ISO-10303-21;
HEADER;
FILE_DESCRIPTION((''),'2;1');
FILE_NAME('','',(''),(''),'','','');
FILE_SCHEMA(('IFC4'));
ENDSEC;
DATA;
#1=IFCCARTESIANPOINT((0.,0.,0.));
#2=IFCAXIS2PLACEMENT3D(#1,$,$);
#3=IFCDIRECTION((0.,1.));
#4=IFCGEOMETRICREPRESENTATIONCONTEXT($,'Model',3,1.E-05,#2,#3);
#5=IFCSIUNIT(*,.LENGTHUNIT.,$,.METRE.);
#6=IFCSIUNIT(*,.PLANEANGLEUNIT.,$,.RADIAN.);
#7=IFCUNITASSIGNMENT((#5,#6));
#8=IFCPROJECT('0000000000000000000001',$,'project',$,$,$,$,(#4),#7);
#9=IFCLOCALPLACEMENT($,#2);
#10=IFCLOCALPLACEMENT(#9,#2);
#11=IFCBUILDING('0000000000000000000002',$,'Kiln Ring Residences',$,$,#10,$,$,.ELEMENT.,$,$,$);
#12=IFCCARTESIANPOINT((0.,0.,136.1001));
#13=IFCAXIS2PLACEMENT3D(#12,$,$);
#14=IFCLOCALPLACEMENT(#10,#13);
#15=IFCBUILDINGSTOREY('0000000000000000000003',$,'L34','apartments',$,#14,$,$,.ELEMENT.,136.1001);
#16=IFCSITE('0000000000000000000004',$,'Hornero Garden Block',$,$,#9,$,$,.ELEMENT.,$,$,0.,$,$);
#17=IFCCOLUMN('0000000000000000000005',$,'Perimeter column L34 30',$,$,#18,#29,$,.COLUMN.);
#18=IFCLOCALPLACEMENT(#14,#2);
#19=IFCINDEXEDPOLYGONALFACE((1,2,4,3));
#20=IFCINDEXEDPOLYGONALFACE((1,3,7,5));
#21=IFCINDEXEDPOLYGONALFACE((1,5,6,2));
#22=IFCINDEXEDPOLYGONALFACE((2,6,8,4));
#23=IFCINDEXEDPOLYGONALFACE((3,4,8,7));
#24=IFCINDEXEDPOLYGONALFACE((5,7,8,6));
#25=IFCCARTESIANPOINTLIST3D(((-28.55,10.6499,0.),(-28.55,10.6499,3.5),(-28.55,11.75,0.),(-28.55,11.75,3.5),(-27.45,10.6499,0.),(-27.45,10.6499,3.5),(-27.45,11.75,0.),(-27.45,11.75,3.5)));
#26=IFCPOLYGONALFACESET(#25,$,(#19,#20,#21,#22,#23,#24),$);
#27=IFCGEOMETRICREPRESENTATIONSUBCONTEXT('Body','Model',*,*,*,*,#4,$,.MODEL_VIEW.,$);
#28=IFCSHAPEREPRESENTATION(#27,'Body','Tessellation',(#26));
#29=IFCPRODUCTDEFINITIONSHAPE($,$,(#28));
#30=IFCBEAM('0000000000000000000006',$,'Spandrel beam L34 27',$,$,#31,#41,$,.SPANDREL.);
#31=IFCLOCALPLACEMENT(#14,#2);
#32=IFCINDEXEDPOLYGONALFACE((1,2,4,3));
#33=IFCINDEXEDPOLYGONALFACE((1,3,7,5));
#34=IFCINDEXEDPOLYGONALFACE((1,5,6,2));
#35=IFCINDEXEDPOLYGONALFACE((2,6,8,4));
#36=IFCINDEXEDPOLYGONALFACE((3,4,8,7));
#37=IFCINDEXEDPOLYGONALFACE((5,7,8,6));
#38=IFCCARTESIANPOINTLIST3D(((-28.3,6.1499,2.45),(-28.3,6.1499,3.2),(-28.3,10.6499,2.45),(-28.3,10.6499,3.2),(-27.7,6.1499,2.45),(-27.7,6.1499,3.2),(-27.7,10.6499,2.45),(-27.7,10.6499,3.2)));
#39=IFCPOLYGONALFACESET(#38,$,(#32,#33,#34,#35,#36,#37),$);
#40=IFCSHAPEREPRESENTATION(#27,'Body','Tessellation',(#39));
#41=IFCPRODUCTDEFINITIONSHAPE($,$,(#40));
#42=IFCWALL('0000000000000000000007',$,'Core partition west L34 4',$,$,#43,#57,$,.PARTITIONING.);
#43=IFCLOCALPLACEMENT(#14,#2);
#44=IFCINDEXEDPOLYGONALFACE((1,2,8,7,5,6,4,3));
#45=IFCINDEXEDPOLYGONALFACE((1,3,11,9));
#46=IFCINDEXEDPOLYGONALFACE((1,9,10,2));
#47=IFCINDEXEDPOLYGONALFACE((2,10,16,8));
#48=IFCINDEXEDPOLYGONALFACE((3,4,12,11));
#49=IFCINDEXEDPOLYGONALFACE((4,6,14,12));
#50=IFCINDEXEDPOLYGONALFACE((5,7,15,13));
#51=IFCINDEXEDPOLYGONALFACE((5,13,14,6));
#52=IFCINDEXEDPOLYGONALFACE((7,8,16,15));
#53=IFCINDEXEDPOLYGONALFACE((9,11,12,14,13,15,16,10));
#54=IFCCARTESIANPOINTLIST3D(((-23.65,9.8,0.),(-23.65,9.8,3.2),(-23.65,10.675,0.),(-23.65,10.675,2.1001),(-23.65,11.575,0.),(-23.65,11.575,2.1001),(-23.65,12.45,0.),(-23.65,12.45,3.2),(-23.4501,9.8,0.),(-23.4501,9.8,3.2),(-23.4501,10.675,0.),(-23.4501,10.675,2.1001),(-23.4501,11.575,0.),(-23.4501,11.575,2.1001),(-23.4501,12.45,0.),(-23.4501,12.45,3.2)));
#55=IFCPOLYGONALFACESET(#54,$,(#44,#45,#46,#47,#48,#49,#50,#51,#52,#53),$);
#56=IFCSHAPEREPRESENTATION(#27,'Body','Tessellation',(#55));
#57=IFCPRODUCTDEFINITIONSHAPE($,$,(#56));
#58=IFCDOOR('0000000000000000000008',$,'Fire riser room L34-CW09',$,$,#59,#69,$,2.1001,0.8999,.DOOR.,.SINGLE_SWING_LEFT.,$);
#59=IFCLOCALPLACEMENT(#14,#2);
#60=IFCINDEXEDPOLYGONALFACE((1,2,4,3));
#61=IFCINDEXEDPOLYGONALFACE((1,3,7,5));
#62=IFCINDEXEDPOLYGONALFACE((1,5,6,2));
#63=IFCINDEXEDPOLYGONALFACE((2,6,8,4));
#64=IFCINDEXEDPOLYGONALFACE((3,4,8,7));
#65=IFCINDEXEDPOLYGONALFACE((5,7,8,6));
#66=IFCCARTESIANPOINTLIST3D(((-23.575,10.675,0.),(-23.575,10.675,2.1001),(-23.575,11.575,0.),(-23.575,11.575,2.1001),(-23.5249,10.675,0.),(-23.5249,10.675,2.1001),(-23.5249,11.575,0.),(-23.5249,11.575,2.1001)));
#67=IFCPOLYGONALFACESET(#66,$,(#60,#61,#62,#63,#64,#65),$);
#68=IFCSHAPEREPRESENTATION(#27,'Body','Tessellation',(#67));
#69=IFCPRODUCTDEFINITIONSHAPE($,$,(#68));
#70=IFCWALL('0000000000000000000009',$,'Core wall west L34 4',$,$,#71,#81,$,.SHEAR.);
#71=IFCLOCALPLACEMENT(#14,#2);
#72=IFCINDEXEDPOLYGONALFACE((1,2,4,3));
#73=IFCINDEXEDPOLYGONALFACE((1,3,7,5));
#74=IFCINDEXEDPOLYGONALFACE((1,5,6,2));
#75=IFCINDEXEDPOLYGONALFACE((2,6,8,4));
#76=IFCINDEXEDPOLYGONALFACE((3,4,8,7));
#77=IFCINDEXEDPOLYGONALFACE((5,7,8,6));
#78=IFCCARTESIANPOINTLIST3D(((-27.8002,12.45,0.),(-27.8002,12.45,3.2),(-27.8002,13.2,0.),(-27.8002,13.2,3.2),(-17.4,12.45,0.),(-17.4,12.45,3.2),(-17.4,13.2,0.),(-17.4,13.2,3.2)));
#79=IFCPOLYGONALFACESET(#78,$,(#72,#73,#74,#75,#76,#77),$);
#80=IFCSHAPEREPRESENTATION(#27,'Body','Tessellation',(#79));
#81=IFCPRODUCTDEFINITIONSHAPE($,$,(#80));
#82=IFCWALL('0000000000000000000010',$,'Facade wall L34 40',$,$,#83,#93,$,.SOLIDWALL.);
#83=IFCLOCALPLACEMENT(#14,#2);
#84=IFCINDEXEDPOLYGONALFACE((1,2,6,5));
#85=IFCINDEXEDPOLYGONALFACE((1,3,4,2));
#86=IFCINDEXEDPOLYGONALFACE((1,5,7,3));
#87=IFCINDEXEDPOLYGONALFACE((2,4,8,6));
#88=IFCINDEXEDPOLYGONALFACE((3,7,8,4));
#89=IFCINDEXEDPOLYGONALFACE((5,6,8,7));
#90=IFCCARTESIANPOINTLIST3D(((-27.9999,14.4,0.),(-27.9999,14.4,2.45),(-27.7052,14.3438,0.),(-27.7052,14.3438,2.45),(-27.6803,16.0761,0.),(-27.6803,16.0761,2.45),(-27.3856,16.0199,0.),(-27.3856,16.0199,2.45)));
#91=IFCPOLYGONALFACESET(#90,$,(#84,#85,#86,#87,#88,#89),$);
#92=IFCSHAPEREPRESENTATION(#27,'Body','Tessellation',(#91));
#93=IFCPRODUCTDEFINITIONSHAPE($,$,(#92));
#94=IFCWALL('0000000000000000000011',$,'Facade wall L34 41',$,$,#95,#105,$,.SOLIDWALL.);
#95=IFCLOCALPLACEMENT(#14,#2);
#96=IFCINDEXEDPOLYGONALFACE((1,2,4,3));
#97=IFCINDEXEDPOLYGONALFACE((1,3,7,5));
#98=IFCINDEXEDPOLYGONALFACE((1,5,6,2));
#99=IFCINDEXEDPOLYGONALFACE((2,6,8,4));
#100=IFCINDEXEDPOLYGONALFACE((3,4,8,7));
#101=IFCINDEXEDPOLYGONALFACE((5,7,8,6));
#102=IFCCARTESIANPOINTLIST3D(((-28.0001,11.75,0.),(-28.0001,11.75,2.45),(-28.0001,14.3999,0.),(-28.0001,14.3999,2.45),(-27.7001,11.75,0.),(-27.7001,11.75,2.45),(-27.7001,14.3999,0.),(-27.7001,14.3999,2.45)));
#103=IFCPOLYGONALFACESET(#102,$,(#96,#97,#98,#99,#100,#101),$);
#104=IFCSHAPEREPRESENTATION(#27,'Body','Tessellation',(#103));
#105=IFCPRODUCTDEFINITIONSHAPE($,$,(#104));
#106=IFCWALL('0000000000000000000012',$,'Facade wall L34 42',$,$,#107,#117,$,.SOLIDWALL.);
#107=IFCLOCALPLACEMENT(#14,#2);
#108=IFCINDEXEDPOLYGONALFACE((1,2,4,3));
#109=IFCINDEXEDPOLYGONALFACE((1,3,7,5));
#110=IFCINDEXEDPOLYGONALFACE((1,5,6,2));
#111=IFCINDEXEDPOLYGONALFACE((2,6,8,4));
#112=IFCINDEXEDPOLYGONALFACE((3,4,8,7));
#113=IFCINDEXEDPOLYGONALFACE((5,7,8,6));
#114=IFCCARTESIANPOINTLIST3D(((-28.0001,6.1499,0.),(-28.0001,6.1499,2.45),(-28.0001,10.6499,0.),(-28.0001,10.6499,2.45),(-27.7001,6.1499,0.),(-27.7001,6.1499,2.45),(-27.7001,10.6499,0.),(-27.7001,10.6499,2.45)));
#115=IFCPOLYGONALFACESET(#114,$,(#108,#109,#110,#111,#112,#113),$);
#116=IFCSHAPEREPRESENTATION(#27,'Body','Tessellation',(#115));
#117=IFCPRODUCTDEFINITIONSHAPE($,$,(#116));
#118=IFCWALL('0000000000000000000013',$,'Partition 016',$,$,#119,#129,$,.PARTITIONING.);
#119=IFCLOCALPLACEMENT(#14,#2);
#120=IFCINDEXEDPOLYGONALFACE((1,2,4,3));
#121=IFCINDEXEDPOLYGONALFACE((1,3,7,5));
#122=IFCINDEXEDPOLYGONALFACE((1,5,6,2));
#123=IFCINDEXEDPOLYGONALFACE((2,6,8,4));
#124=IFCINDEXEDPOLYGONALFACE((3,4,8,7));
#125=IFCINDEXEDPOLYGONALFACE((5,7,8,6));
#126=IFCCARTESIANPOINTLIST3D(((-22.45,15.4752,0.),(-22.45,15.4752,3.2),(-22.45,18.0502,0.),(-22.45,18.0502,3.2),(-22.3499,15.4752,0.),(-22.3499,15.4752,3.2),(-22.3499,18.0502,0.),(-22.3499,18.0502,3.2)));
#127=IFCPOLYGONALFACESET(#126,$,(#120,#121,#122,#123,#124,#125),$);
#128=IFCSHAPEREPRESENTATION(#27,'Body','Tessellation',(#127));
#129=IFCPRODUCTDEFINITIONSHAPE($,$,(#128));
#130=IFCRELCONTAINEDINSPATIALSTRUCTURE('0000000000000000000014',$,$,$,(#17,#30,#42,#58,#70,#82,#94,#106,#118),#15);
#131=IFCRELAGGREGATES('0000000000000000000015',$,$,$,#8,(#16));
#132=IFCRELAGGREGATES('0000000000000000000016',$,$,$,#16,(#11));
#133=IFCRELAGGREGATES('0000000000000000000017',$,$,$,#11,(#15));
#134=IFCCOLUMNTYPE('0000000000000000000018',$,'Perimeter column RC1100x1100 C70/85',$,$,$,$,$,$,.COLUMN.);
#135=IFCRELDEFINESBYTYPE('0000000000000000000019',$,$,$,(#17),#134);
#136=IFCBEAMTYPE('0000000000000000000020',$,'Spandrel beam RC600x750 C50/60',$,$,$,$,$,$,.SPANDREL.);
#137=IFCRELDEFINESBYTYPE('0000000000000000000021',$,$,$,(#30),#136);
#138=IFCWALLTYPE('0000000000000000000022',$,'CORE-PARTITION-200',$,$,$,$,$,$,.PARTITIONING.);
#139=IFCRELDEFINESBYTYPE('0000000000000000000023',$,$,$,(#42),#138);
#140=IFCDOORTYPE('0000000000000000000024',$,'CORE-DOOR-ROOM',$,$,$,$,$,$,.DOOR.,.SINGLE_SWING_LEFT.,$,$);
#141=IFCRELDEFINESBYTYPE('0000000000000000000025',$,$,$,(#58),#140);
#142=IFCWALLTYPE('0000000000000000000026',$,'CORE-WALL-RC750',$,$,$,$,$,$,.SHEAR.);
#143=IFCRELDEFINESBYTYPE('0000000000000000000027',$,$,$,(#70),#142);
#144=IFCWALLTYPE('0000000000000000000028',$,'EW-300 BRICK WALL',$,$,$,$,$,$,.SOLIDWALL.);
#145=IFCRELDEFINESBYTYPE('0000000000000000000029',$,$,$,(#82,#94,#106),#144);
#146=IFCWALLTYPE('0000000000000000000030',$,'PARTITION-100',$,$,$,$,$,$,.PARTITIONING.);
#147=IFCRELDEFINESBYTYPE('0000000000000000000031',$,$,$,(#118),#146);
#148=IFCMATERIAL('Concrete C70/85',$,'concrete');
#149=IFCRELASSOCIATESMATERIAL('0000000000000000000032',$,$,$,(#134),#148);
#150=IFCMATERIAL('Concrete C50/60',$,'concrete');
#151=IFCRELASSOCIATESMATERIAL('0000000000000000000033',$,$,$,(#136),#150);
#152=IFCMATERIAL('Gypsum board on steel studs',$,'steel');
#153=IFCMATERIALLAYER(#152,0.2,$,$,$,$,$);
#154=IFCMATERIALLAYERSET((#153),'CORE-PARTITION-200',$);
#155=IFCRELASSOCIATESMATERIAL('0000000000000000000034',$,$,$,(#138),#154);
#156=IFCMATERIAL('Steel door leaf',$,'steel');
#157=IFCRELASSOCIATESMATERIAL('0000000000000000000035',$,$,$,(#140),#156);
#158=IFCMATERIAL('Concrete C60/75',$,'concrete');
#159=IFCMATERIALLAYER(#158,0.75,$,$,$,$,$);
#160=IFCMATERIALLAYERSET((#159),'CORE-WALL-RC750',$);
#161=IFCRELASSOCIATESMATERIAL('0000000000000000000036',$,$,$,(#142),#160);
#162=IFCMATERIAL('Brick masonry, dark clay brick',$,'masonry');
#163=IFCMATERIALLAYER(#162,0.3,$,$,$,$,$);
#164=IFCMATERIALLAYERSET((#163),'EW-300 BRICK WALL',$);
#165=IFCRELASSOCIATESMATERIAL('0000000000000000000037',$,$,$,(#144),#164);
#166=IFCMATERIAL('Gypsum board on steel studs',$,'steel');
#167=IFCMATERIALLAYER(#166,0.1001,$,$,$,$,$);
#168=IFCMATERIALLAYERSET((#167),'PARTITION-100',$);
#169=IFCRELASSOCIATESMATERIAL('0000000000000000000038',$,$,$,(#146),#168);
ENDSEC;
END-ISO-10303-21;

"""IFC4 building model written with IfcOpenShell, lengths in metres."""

from ifc_helpers import new_model, si_unit, direction, frame, frame_2d, origin, origin_2d, place, context, subcontext, project, spatial, rectangle, extrude, material, layer, layer_set, material_profile, profile_set, type_object, element, fill, save


model = new_model("IFC4")

# Units and contexts
model_context = context("Model", 3, precision=1e-05, world=origin(), true_north=direction((0.0, 1.0)))
body_context = subcontext(model_context, "Body", "Model", "MODEL_VIEW")
ifc_project = project(units=[si_unit("LENGTHUNIT", "METRE"), si_unit("PLANEANGLEUNIT", "RADIAN")], contexts=[model_context])

# Site, building, storey
site_placement = place(None, origin())
site = spatial("IfcSite", under=ifc_project, at=site_placement, Name="Hornero Garden Block", CompositionType="ELEMENT", RefElevation=0.0)
building_placement = place(site_placement, origin())
building = spatial("IfcBuilding", under=site, at=building_placement, Name="Kiln Ring Residences", CompositionType="ELEMENT")
storey_placement = place(building_placement, frame((0.0, 0.0, 136.1001)))
storey = spatial("IfcBuildingStorey", under=building, at=storey_placement, Name="L34", Description="apartments", CompositionType="ELEMENT", Elevation=136.1001)

# Column
ifc_material_1 = material(Name="Concrete C70/85", Category="concrete")
ifc_material_profile_1 = material_profile(ifc_material_1, rectangle(XDim=1.1001, YDim=1.1001, at=origin_2d()), Name="RC1100x1100")
ifc_profile_set_1 = profile_set([ifc_material_profile_1], Name="Concrete C70/85")
column_type = type_object("IfcColumnType", Name="Perimeter column RC1100x1100 C70/85", PredefinedType="COLUMN", material=ifc_profile_set_1)
column_placement = place(storey_placement, frame((-28.0, 11.2, 0.0), z_axis=(0.0, 0.0, 1.0), x_axis=(1.0, 0.0, 0.0)))
element("IfcColumn", 1, at=column_placement, inside=storey, type_object=column_type, Name="Perimeter column L34 30", PredefinedType="COLUMN", context=body_context, shape_type="SweptSolid", body=[
    extrude(rectangle(XDim=1.1001, YDim=1.1001, at=origin_2d()), origin(), (0.0, 0.0, 1.0), 3.5),
])

# Beam
ifc_material_2 = material(Name="Concrete C50/60", Category="concrete")
ifc_material_profile_2 = material_profile(ifc_material_2, rectangle(XDim=0.6001, YDim=0.75, at=origin_2d()), Name="RC600x750")
ifc_profile_set_2 = profile_set([ifc_material_profile_2], Name="Concrete C50/60")
beam_type = type_object("IfcBeamType", Name="Spandrel beam RC600x750 C50/60", PredefinedType="SPANDREL", material=ifc_profile_set_2)
beam_placement = place(storey_placement, frame((-28.0, 10.6499, 2.825), z_axis=(0.0, -1.0, 0.0), x_axis=(1.0, 0.0, 0.0)))
element("IfcBeam", 2, at=beam_placement, inside=storey, type_object=beam_type, Name="Spandrel beam L34 27", PredefinedType="SPANDREL", context=body_context, shape_type="SweptSolid", body=[
    extrude(rectangle(XDim=0.6001, YDim=0.75, at=origin_2d()), origin(), (0.0, 0.0, 1.0), 4.5),
])

# Wall, opening, door
ifc_material_3 = material(Name="Gypsum board on steel studs", Category="steel")
ifc_layer_1 = layer(ifc_material_3, 0.2)
ifc_layer_set_1 = layer_set([ifc_layer_1], Name="CORE-PARTITION-200")
wall_type_1 = type_object("IfcWallType", Name="CORE-PARTITION-200", PredefinedType="PARTITIONING", material=ifc_layer_set_1)
wall_1_placement = place(storey_placement, frame((-23.55, 9.8, 0.0), z_axis=(0.0, 0.0, 1.0), x_axis=(0.0, 1.0, 0.0)))
wall_1 = element("IfcWall", 3, at=wall_1_placement, inside=storey, type_object=wall_type_1, Name="Core partition west L34 4", PredefinedType="PARTITIONING", context=body_context, shape_type="SweptSolid", body=[
    extrude(rectangle(XDim=2.6499, YDim=0.2, at=frame_2d((1.325, 0.0))), origin(), (0.0, 0.0, 1.0), 3.2),
])
opening_1_placement = place(wall_1_placement, frame((0.875, 0.0, 0.0)))
opening_1 = element("IfcOpeningElement", 4, at=opening_1_placement, cuts=wall_1, PredefinedType="OPENING", context=body_context, shape_type="SweptSolid", body=[
    extrude(rectangle(XDim=0.8999, YDim=2.1001, at=frame_2d((0.45, 1.05))), frame((0.0, 0.1099, 0.0), z_axis=(0.0, -1.0, 0.0), x_axis=(1.0, 0.0, 0.0)), (0.0, 0.0, 1.0), 0.22),
])
ifc_material_4 = material(Name="Steel door leaf", Category="steel")
door_type_1 = type_object("IfcDoorType", Name="CORE-DOOR-ROOM", OperationType="SINGLE_SWING_LEFT", PredefinedType="DOOR", material=ifc_material_4)
door_1_placement = place(opening_1_placement, origin())
door_1 = element("IfcDoor", 5, at=door_1_placement, inside=storey, type_object=door_type_1, Name="Fire riser room L34-CW09", OperationType="SINGLE_SWING_LEFT", OverallHeight=2.1001, OverallWidth=0.8999, PredefinedType="DOOR", context=body_context, shape_type="SweptSolid", body=[
    extrude(rectangle(XDim=0.8999, YDim=2.1001, at=frame_2d((0.45, 1.05))), frame((0.0, 0.0249, 0.0), z_axis=(0.0, -1.0, 0.0), x_axis=(1.0, 0.0, 0.0)), (0.0, 0.0, 1.0), 0.05),
])
fill(opening_1, door_1)

# Walls
ifc_material_5 = material(Name="Concrete C60/75", Category="concrete")
ifc_layer_2 = layer(ifc_material_5, 0.75)
ifc_layer_set_2 = layer_set([ifc_layer_2], Name="CORE-WALL-RC750")
wall_type_2 = type_object("IfcWallType", Name="CORE-WALL-RC750", PredefinedType="SHEAR", material=ifc_layer_set_2)
wall_2_placement = place(storey_placement, frame((-17.3999, 12.825, 0.0), z_axis=(0.0, 0.0, 1.0), x_axis=(-1.0, 0.0, 0.0)))
element("IfcWall", 6, at=wall_2_placement, inside=storey, type_object=wall_type_2, Name="Core wall west L34 4", PredefinedType="SHEAR", context=body_context, shape_type="SweptSolid", body=[
    extrude(rectangle(XDim=10.4001, YDim=0.75, at=frame_2d((5.2002, 0.0))), origin(), (0.0, 0.0, 1.0), 3.2),
])
ifc_material_6 = material(Name="Brick masonry, dark clay brick", Category="masonry")
ifc_layer_3 = layer(ifc_material_6, 0.3)
ifc_layer_set_3 = layer_set([ifc_layer_3], Name="EW-300 BRICK WALL")
wall_type_3 = type_object("IfcWallType", Name="EW-300 BRICK WALL", PredefinedType="SOLIDWALL", material=ifc_layer_set_3)
wall_3_placement = place(storey_placement, frame((-27.533, 16.0479, 0.0), z_axis=(0.0, 0.0, 1.0), x_axis=(-0.187303, -0.982302, 0.0)))
element("IfcWall", 7, at=wall_3_placement, inside=storey, type_object=wall_type_3, Name="Facade wall L34 40", PredefinedType="SOLIDWALL", context=body_context, shape_type="SweptSolid", body=[
    extrude(rectangle(XDim=1.7063, YDim=0.3, at=frame_2d((0.853, 0.0))), origin(), (0.0, 0.0, 1.0), 2.45),
])
wall_4_placement = place(storey_placement, frame((-27.8501, 14.3999, 0.0), z_axis=(0.0, 0.0, 1.0), x_axis=(0.0, -1.0, 0.0)))
element("IfcWall", 8, at=wall_4_placement, inside=storey, type_object=wall_type_3, Name="Facade wall L34 41", PredefinedType="SOLIDWALL", context=body_context, shape_type="SweptSolid", body=[
    extrude(rectangle(XDim=2.6499, YDim=0.3, at=frame_2d((1.325, 0.0))), origin(), (0.0, 0.0, 1.0), 2.45),
])
wall_5_placement = place(storey_placement, frame((-27.8501, 10.6499, 0.0), z_axis=(0.0, 0.0, 1.0), x_axis=(0.0, -1.0, 0.0)))
element("IfcWall", 9, at=wall_5_placement, inside=storey, type_object=wall_type_3, Name="Facade wall L34 42", PredefinedType="SOLIDWALL", context=body_context, shape_type="SweptSolid", body=[
    extrude(rectangle(XDim=4.5, YDim=0.3, at=frame_2d((2.25, 0.0))), origin(), (0.0, 0.0, 1.0), 2.45),
])
ifc_material_7 = material(Name="Gypsum board on steel studs", Category="steel")
ifc_layer_4 = layer(ifc_material_7, 0.1001)
ifc_layer_set_4 = layer_set([ifc_layer_4], Name="PARTITION-100")
wall_type_4 = type_object("IfcWallType", Name="PARTITION-100", PredefinedType="PARTITIONING", material=ifc_layer_set_4)
wall_6_placement = place(storey_placement, frame((-22.3999, 15.4751, 0.0), z_axis=(0.0, 0.0, 1.0), x_axis=(0.0, 1.0, 0.0)))
element("IfcWall", 10, at=wall_6_placement, inside=storey, type_object=wall_type_4, Name="Partition 016", PredefinedType="PARTITIONING", context=body_context, shape_type="SweptSolid", body=[
    extrude(rectangle(XDim=2.575, YDim=0.1001, at=frame_2d((1.2876, 0.0))), origin(), (0.0, 0.0, 1.0), 3.2),
])

save(model, "model.ifc")
